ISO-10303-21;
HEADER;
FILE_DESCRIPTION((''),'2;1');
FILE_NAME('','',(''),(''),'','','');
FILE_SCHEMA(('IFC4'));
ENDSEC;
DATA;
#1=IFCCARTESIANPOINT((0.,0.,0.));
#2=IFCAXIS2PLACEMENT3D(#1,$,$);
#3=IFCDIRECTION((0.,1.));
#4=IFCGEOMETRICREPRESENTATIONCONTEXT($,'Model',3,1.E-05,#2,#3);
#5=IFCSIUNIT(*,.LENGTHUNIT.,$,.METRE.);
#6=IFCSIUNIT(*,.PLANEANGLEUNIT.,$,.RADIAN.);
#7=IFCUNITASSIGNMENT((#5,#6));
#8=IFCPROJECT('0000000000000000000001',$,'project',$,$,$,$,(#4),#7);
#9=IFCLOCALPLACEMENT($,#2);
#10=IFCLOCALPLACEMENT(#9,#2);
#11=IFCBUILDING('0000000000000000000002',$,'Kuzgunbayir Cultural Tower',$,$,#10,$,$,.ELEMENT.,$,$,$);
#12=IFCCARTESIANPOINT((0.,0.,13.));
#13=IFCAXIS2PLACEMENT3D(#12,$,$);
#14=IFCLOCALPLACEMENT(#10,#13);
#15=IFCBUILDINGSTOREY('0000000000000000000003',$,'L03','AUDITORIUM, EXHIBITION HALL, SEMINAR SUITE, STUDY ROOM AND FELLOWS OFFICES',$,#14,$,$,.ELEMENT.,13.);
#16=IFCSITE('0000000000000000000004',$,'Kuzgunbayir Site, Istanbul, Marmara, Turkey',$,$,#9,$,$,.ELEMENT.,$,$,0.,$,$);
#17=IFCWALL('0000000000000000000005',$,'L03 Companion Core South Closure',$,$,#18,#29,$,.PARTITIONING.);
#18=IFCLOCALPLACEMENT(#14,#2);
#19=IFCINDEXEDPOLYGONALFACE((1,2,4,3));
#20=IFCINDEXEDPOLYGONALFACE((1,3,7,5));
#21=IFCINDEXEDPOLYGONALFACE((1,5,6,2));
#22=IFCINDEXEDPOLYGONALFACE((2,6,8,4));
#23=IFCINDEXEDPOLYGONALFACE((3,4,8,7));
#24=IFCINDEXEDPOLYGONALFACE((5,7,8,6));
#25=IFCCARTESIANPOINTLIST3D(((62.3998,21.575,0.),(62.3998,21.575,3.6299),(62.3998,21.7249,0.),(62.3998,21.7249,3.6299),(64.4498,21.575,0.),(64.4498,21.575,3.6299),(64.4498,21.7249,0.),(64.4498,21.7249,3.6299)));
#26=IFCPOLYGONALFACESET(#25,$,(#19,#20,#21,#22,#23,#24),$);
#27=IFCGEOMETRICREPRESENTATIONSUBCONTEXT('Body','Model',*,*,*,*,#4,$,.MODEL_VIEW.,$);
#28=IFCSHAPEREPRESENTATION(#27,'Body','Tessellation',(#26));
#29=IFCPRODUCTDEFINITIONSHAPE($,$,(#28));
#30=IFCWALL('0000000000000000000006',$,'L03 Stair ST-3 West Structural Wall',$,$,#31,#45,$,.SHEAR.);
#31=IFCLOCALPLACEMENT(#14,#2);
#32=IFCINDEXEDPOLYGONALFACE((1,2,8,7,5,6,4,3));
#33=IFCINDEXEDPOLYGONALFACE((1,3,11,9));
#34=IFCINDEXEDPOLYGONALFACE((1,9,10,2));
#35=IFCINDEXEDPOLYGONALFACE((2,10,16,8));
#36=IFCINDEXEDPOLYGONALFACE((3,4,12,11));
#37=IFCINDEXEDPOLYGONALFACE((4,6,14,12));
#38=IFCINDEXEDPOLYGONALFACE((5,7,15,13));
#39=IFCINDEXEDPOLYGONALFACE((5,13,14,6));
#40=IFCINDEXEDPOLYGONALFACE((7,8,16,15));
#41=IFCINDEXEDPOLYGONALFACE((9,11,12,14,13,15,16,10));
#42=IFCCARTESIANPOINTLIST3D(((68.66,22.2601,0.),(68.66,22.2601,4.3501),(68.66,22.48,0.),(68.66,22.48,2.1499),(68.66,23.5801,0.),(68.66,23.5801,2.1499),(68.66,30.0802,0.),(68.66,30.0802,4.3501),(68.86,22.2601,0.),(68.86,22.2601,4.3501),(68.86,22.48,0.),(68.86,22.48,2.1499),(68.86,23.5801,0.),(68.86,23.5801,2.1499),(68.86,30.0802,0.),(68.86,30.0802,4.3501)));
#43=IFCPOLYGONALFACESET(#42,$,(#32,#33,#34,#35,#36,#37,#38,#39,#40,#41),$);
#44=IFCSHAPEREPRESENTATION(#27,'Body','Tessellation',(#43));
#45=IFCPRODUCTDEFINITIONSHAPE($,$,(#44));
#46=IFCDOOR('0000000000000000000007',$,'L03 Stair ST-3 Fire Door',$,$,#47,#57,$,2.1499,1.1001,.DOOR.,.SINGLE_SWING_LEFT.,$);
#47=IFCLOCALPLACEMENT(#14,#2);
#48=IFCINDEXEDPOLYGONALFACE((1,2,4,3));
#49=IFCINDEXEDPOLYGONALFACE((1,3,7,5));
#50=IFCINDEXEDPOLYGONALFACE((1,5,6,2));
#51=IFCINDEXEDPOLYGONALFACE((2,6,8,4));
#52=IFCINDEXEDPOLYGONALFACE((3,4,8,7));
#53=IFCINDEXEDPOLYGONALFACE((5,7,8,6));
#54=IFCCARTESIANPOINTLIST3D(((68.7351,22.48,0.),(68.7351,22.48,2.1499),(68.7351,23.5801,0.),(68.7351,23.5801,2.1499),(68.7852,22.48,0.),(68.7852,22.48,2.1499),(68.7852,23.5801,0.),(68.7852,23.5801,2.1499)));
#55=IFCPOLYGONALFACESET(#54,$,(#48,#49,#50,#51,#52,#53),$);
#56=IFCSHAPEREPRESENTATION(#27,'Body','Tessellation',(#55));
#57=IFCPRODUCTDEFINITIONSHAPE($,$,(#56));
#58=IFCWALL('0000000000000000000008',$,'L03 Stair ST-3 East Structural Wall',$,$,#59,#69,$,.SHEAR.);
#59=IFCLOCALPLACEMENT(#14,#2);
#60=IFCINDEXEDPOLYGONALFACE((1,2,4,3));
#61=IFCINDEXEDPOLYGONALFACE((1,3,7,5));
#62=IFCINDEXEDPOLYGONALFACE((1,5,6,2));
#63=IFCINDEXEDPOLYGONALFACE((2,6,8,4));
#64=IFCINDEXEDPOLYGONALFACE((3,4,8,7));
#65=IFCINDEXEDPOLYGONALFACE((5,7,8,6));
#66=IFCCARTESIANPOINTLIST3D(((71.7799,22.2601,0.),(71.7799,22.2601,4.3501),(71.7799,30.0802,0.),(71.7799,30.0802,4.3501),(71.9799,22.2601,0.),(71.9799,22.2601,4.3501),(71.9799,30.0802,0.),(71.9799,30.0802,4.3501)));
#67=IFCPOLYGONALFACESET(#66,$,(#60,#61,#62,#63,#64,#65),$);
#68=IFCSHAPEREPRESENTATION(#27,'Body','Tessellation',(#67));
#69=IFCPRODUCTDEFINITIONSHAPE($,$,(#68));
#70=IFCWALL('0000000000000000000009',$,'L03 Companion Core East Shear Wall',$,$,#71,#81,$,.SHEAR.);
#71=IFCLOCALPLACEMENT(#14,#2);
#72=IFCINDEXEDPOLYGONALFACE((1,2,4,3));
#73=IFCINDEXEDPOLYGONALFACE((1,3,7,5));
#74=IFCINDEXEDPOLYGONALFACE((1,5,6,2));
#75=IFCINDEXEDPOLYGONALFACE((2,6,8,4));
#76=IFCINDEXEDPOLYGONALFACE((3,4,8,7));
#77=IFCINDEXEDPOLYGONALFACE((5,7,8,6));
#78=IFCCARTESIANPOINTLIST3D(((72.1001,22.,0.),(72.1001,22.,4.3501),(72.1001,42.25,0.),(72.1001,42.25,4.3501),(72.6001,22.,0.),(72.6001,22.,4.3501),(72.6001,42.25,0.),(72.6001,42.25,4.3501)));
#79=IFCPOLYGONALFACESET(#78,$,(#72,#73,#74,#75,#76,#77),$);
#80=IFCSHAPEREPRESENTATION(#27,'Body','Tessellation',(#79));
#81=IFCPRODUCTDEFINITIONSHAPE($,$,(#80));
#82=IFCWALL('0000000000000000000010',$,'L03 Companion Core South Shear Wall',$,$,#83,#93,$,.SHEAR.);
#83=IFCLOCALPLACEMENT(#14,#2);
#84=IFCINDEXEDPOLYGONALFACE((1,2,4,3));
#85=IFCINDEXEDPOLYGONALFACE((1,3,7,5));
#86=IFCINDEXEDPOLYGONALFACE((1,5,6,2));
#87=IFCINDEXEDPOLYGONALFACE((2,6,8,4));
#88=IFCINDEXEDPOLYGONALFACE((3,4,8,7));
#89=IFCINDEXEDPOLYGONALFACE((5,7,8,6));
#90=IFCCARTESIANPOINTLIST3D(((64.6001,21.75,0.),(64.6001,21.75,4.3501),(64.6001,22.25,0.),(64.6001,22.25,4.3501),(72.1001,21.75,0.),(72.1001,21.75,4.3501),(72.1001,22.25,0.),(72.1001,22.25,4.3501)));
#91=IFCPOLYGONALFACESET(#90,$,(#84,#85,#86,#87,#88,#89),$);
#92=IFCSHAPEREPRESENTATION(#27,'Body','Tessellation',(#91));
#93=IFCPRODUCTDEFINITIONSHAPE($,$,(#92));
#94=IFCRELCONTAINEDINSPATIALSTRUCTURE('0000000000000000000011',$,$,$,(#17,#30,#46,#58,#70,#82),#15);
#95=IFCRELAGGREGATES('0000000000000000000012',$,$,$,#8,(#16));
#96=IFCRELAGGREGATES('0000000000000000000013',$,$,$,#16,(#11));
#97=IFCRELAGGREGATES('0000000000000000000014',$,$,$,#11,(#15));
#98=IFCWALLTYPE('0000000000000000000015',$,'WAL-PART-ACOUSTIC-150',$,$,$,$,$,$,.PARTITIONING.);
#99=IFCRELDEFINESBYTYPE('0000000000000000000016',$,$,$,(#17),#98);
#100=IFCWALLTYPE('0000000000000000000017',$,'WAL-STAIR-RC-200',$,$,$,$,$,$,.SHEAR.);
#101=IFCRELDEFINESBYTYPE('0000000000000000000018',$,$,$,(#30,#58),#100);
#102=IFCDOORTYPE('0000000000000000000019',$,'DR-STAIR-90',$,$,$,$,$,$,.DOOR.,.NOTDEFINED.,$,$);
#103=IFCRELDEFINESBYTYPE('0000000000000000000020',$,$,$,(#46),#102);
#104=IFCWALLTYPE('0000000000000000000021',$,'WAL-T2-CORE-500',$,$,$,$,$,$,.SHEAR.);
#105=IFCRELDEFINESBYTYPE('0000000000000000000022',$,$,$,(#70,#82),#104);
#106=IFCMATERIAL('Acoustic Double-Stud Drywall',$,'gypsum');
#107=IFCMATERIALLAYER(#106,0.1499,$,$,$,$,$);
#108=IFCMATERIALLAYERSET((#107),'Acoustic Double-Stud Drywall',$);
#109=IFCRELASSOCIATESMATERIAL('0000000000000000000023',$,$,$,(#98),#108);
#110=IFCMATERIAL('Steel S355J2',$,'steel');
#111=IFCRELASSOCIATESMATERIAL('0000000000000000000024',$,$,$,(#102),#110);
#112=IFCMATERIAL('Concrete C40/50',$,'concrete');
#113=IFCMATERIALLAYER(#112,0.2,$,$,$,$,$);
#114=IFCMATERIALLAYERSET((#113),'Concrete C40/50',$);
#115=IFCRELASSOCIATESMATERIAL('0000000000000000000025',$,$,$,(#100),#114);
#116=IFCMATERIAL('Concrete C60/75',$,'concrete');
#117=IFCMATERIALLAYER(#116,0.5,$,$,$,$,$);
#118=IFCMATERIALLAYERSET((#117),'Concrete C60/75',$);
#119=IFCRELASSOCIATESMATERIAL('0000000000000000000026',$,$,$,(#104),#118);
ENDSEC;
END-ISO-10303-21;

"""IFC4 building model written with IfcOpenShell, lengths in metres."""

from ifc_helpers import new_model, si_unit, direction, frame, frame_2d, origin, place, context, subcontext, project, spatial, rectangle, extrude, material, layer, layer_set, type_object, element, fill, save


model = new_model("IFC4")

# Units and contexts
model_context = context("Model", 3, precision=1e-05, world=origin(), true_north=direction((0.0, 1.0)))
body_context = subcontext(model_context, "Body", "Model", "MODEL_VIEW")
ifc_project = project(units=[si_unit("LENGTHUNIT", "METRE"), si_unit("PLANEANGLEUNIT", "RADIAN")], contexts=[model_context])

# Site, building, storey
site_placement = place(None, origin())
site = spatial("IfcSite", under=ifc_project, at=site_placement, Name="Kuzgunbayir Site, Istanbul, Marmara, Turkey", CompositionType="ELEMENT", RefElevation=0.0)
building_placement = place(site_placement, origin())
building = spatial("IfcBuilding", under=site, at=building_placement, Name="Kuzgunbayir Cultural Tower", CompositionType="ELEMENT")
storey_placement = place(building_placement, frame((0.0, 0.0, 13.0)))
storey = spatial("IfcBuildingStorey", under=building, at=storey_placement, Name="L03", Description="AUDITORIUM, EXHIBITION HALL, SEMINAR SUITE, STUDY ROOM AND FELLOWS OFFICES", CompositionType="ELEMENT", Elevation=13.0)

# Shared definitions
ifc_material_1 = material(Name="Concrete C60/75", Category="concrete")

# Shared definitions
ifc_material_2 = material(Name="Steel S355J2", Category="steel")

# Shared definitions
ifc_material_3 = material(Name="Acoustic Double-Stud Drywall", Category="gypsum")
ifc_layer_1 = layer(ifc_material_3, 0.1499)
ifc_layer_set_1 = layer_set([ifc_layer_1], Name="Acoustic Double-Stud Drywall")
wall_type_1 = type_object("IfcWallType", Name="WAL-PART-ACOUSTIC-150", PredefinedType="PARTITIONING", material=ifc_layer_set_1)
door_type = type_object("IfcDoorType", Name="DR-STAIR-90", OperationType="NOTDEFINED", PredefinedType="DOOR", material=ifc_material_2)

# Wall
wall_1_placement = place(storey_placement, frame((62.3999, 21.6499, 0.0), z_axis=(0.0, 0.0, 1.0), x_axis=(1.0, 0.0, 0.0)))
element("IfcWall", 1, at=wall_1_placement, inside=storey, type_object=wall_type_1, Name="L03 Companion Core South Closure", PredefinedType="PARTITIONING", context=body_context, shape_type="SweptSolid", body=[
    extrude(rectangle(XDim=2.05, YDim=0.1499, at=frame_2d((1.0249, 0.0))), origin(), (0.0, 0.0, 1.0), 3.6299),
])

# Wall, opening, door
ifc_material_4 = material(Name="Concrete C40/50", Category="concrete")
ifc_layer_2 = layer(ifc_material_4, 0.2)
ifc_layer_set_2 = layer_set([ifc_layer_2], Name="Concrete C40/50")
wall_type_2 = type_object("IfcWallType", Name="WAL-STAIR-RC-200", PredefinedType="SHEAR", material=ifc_layer_set_2)
wall_2_placement = place(storey_placement, frame((68.76, 22.26, 0.0), z_axis=(0.0, 0.0, 1.0), x_axis=(0.0, 1.0, 0.0)))
wall_2 = element("IfcWall", 2, at=wall_2_placement, inside=storey, type_object=wall_type_2, Name="L03 Stair ST-3 West Structural Wall", PredefinedType="SHEAR", context=body_context, shape_type="SweptSolid", body=[
    extrude(rectangle(XDim=7.8201, YDim=0.2, at=frame_2d((3.9102, 0.0))), origin(), (0.0, 0.0, 1.0), 4.3501),
])
opening_1_placement = place(wall_2_placement, frame((0.22, 0.0, 0.0)))
opening_1 = element("IfcOpeningElement", 3, at=opening_1_placement, cuts=wall_2, PredefinedType="OPENING", context=body_context, shape_type="SweptSolid", body=[
    extrude(rectangle(XDim=1.1001, YDim=2.1499, at=frame_2d((0.55, 1.075))), frame((0.0, 0.1099, 0.0), z_axis=(0.0, -1.0, 0.0), x_axis=(1.0, 0.0, 0.0)), (0.0, 0.0, 1.0), 0.22),
])
door_1_placement = place(opening_1_placement, origin())
door_1 = element("IfcDoor", 4, at=door_1_placement, inside=storey, type_object=door_type, Name="L03 Stair ST-3 Fire Door", OperationType="SINGLE_SWING_LEFT", OverallHeight=2.1499, OverallWidth=1.1001, PredefinedType="DOOR", context=body_context, shape_type="SweptSolid", body=[
    extrude(rectangle(XDim=1.1001, YDim=2.1499, at=frame_2d((0.55, 1.075))), frame((0.0, 0.0249, 0.0), z_axis=(0.0, -1.0, 0.0), x_axis=(1.0, 0.0, 0.0)), (0.0, 0.0, 1.0), 0.05),
])
fill(opening_1, door_1)

# Walls
wall_3_placement = place(storey_placement, frame((71.8799, 22.26, 0.0), z_axis=(0.0, 0.0, 1.0), x_axis=(0.0, 1.0, 0.0)))
element("IfcWall", 5, at=wall_3_placement, inside=storey, type_object=wall_type_2, Name="L03 Stair ST-3 East Structural Wall", PredefinedType="SHEAR", context=body_context, shape_type="SweptSolid", body=[
    extrude(rectangle(XDim=7.8201, YDim=0.2, at=frame_2d((3.9102, 0.0))), origin(), (0.0, 0.0, 1.0), 4.3501),
])
ifc_layer_3 = layer(ifc_material_1, 0.5)
ifc_layer_set_3 = layer_set([ifc_layer_3], Name="Concrete C60/75")
wall_type_3 = type_object("IfcWallType", Name="WAL-T2-CORE-500", PredefinedType="SHEAR", material=ifc_layer_set_3)
wall_4_placement = place(storey_placement, frame((72.3501, 22.0, 0.0), z_axis=(0.0, 0.0, 1.0), x_axis=(0.0, 1.0, 0.0)))
element("IfcWall", 6, at=wall_4_placement, inside=storey, type_object=wall_type_3, Name="L03 Companion Core East Shear Wall", PredefinedType="SHEAR", context=body_context, shape_type="SweptSolid", body=[
    extrude(rectangle(XDim=20.25, YDim=0.5, at=frame_2d((10.125, 0.0))), origin(), (0.0, 0.0, 1.0), 4.3501),
])
wall_5_placement = place(storey_placement, frame((64.6001, 22.0, 0.0), z_axis=(0.0, 0.0, 1.0), x_axis=(1.0, 0.0, 0.0)))
element("IfcWall", 7, at=wall_5_placement, inside=storey, type_object=wall_type_3, Name="L03 Companion Core South Shear Wall", PredefinedType="SHEAR", context=body_context, shape_type="SweptSolid", body=[
    extrude(rectangle(XDim=7.5, YDim=0.5, at=frame_2d((3.75, 0.0))), origin(), (0.0, 0.0, 1.0), 4.3501),
])

save(model, "model.ifc")
